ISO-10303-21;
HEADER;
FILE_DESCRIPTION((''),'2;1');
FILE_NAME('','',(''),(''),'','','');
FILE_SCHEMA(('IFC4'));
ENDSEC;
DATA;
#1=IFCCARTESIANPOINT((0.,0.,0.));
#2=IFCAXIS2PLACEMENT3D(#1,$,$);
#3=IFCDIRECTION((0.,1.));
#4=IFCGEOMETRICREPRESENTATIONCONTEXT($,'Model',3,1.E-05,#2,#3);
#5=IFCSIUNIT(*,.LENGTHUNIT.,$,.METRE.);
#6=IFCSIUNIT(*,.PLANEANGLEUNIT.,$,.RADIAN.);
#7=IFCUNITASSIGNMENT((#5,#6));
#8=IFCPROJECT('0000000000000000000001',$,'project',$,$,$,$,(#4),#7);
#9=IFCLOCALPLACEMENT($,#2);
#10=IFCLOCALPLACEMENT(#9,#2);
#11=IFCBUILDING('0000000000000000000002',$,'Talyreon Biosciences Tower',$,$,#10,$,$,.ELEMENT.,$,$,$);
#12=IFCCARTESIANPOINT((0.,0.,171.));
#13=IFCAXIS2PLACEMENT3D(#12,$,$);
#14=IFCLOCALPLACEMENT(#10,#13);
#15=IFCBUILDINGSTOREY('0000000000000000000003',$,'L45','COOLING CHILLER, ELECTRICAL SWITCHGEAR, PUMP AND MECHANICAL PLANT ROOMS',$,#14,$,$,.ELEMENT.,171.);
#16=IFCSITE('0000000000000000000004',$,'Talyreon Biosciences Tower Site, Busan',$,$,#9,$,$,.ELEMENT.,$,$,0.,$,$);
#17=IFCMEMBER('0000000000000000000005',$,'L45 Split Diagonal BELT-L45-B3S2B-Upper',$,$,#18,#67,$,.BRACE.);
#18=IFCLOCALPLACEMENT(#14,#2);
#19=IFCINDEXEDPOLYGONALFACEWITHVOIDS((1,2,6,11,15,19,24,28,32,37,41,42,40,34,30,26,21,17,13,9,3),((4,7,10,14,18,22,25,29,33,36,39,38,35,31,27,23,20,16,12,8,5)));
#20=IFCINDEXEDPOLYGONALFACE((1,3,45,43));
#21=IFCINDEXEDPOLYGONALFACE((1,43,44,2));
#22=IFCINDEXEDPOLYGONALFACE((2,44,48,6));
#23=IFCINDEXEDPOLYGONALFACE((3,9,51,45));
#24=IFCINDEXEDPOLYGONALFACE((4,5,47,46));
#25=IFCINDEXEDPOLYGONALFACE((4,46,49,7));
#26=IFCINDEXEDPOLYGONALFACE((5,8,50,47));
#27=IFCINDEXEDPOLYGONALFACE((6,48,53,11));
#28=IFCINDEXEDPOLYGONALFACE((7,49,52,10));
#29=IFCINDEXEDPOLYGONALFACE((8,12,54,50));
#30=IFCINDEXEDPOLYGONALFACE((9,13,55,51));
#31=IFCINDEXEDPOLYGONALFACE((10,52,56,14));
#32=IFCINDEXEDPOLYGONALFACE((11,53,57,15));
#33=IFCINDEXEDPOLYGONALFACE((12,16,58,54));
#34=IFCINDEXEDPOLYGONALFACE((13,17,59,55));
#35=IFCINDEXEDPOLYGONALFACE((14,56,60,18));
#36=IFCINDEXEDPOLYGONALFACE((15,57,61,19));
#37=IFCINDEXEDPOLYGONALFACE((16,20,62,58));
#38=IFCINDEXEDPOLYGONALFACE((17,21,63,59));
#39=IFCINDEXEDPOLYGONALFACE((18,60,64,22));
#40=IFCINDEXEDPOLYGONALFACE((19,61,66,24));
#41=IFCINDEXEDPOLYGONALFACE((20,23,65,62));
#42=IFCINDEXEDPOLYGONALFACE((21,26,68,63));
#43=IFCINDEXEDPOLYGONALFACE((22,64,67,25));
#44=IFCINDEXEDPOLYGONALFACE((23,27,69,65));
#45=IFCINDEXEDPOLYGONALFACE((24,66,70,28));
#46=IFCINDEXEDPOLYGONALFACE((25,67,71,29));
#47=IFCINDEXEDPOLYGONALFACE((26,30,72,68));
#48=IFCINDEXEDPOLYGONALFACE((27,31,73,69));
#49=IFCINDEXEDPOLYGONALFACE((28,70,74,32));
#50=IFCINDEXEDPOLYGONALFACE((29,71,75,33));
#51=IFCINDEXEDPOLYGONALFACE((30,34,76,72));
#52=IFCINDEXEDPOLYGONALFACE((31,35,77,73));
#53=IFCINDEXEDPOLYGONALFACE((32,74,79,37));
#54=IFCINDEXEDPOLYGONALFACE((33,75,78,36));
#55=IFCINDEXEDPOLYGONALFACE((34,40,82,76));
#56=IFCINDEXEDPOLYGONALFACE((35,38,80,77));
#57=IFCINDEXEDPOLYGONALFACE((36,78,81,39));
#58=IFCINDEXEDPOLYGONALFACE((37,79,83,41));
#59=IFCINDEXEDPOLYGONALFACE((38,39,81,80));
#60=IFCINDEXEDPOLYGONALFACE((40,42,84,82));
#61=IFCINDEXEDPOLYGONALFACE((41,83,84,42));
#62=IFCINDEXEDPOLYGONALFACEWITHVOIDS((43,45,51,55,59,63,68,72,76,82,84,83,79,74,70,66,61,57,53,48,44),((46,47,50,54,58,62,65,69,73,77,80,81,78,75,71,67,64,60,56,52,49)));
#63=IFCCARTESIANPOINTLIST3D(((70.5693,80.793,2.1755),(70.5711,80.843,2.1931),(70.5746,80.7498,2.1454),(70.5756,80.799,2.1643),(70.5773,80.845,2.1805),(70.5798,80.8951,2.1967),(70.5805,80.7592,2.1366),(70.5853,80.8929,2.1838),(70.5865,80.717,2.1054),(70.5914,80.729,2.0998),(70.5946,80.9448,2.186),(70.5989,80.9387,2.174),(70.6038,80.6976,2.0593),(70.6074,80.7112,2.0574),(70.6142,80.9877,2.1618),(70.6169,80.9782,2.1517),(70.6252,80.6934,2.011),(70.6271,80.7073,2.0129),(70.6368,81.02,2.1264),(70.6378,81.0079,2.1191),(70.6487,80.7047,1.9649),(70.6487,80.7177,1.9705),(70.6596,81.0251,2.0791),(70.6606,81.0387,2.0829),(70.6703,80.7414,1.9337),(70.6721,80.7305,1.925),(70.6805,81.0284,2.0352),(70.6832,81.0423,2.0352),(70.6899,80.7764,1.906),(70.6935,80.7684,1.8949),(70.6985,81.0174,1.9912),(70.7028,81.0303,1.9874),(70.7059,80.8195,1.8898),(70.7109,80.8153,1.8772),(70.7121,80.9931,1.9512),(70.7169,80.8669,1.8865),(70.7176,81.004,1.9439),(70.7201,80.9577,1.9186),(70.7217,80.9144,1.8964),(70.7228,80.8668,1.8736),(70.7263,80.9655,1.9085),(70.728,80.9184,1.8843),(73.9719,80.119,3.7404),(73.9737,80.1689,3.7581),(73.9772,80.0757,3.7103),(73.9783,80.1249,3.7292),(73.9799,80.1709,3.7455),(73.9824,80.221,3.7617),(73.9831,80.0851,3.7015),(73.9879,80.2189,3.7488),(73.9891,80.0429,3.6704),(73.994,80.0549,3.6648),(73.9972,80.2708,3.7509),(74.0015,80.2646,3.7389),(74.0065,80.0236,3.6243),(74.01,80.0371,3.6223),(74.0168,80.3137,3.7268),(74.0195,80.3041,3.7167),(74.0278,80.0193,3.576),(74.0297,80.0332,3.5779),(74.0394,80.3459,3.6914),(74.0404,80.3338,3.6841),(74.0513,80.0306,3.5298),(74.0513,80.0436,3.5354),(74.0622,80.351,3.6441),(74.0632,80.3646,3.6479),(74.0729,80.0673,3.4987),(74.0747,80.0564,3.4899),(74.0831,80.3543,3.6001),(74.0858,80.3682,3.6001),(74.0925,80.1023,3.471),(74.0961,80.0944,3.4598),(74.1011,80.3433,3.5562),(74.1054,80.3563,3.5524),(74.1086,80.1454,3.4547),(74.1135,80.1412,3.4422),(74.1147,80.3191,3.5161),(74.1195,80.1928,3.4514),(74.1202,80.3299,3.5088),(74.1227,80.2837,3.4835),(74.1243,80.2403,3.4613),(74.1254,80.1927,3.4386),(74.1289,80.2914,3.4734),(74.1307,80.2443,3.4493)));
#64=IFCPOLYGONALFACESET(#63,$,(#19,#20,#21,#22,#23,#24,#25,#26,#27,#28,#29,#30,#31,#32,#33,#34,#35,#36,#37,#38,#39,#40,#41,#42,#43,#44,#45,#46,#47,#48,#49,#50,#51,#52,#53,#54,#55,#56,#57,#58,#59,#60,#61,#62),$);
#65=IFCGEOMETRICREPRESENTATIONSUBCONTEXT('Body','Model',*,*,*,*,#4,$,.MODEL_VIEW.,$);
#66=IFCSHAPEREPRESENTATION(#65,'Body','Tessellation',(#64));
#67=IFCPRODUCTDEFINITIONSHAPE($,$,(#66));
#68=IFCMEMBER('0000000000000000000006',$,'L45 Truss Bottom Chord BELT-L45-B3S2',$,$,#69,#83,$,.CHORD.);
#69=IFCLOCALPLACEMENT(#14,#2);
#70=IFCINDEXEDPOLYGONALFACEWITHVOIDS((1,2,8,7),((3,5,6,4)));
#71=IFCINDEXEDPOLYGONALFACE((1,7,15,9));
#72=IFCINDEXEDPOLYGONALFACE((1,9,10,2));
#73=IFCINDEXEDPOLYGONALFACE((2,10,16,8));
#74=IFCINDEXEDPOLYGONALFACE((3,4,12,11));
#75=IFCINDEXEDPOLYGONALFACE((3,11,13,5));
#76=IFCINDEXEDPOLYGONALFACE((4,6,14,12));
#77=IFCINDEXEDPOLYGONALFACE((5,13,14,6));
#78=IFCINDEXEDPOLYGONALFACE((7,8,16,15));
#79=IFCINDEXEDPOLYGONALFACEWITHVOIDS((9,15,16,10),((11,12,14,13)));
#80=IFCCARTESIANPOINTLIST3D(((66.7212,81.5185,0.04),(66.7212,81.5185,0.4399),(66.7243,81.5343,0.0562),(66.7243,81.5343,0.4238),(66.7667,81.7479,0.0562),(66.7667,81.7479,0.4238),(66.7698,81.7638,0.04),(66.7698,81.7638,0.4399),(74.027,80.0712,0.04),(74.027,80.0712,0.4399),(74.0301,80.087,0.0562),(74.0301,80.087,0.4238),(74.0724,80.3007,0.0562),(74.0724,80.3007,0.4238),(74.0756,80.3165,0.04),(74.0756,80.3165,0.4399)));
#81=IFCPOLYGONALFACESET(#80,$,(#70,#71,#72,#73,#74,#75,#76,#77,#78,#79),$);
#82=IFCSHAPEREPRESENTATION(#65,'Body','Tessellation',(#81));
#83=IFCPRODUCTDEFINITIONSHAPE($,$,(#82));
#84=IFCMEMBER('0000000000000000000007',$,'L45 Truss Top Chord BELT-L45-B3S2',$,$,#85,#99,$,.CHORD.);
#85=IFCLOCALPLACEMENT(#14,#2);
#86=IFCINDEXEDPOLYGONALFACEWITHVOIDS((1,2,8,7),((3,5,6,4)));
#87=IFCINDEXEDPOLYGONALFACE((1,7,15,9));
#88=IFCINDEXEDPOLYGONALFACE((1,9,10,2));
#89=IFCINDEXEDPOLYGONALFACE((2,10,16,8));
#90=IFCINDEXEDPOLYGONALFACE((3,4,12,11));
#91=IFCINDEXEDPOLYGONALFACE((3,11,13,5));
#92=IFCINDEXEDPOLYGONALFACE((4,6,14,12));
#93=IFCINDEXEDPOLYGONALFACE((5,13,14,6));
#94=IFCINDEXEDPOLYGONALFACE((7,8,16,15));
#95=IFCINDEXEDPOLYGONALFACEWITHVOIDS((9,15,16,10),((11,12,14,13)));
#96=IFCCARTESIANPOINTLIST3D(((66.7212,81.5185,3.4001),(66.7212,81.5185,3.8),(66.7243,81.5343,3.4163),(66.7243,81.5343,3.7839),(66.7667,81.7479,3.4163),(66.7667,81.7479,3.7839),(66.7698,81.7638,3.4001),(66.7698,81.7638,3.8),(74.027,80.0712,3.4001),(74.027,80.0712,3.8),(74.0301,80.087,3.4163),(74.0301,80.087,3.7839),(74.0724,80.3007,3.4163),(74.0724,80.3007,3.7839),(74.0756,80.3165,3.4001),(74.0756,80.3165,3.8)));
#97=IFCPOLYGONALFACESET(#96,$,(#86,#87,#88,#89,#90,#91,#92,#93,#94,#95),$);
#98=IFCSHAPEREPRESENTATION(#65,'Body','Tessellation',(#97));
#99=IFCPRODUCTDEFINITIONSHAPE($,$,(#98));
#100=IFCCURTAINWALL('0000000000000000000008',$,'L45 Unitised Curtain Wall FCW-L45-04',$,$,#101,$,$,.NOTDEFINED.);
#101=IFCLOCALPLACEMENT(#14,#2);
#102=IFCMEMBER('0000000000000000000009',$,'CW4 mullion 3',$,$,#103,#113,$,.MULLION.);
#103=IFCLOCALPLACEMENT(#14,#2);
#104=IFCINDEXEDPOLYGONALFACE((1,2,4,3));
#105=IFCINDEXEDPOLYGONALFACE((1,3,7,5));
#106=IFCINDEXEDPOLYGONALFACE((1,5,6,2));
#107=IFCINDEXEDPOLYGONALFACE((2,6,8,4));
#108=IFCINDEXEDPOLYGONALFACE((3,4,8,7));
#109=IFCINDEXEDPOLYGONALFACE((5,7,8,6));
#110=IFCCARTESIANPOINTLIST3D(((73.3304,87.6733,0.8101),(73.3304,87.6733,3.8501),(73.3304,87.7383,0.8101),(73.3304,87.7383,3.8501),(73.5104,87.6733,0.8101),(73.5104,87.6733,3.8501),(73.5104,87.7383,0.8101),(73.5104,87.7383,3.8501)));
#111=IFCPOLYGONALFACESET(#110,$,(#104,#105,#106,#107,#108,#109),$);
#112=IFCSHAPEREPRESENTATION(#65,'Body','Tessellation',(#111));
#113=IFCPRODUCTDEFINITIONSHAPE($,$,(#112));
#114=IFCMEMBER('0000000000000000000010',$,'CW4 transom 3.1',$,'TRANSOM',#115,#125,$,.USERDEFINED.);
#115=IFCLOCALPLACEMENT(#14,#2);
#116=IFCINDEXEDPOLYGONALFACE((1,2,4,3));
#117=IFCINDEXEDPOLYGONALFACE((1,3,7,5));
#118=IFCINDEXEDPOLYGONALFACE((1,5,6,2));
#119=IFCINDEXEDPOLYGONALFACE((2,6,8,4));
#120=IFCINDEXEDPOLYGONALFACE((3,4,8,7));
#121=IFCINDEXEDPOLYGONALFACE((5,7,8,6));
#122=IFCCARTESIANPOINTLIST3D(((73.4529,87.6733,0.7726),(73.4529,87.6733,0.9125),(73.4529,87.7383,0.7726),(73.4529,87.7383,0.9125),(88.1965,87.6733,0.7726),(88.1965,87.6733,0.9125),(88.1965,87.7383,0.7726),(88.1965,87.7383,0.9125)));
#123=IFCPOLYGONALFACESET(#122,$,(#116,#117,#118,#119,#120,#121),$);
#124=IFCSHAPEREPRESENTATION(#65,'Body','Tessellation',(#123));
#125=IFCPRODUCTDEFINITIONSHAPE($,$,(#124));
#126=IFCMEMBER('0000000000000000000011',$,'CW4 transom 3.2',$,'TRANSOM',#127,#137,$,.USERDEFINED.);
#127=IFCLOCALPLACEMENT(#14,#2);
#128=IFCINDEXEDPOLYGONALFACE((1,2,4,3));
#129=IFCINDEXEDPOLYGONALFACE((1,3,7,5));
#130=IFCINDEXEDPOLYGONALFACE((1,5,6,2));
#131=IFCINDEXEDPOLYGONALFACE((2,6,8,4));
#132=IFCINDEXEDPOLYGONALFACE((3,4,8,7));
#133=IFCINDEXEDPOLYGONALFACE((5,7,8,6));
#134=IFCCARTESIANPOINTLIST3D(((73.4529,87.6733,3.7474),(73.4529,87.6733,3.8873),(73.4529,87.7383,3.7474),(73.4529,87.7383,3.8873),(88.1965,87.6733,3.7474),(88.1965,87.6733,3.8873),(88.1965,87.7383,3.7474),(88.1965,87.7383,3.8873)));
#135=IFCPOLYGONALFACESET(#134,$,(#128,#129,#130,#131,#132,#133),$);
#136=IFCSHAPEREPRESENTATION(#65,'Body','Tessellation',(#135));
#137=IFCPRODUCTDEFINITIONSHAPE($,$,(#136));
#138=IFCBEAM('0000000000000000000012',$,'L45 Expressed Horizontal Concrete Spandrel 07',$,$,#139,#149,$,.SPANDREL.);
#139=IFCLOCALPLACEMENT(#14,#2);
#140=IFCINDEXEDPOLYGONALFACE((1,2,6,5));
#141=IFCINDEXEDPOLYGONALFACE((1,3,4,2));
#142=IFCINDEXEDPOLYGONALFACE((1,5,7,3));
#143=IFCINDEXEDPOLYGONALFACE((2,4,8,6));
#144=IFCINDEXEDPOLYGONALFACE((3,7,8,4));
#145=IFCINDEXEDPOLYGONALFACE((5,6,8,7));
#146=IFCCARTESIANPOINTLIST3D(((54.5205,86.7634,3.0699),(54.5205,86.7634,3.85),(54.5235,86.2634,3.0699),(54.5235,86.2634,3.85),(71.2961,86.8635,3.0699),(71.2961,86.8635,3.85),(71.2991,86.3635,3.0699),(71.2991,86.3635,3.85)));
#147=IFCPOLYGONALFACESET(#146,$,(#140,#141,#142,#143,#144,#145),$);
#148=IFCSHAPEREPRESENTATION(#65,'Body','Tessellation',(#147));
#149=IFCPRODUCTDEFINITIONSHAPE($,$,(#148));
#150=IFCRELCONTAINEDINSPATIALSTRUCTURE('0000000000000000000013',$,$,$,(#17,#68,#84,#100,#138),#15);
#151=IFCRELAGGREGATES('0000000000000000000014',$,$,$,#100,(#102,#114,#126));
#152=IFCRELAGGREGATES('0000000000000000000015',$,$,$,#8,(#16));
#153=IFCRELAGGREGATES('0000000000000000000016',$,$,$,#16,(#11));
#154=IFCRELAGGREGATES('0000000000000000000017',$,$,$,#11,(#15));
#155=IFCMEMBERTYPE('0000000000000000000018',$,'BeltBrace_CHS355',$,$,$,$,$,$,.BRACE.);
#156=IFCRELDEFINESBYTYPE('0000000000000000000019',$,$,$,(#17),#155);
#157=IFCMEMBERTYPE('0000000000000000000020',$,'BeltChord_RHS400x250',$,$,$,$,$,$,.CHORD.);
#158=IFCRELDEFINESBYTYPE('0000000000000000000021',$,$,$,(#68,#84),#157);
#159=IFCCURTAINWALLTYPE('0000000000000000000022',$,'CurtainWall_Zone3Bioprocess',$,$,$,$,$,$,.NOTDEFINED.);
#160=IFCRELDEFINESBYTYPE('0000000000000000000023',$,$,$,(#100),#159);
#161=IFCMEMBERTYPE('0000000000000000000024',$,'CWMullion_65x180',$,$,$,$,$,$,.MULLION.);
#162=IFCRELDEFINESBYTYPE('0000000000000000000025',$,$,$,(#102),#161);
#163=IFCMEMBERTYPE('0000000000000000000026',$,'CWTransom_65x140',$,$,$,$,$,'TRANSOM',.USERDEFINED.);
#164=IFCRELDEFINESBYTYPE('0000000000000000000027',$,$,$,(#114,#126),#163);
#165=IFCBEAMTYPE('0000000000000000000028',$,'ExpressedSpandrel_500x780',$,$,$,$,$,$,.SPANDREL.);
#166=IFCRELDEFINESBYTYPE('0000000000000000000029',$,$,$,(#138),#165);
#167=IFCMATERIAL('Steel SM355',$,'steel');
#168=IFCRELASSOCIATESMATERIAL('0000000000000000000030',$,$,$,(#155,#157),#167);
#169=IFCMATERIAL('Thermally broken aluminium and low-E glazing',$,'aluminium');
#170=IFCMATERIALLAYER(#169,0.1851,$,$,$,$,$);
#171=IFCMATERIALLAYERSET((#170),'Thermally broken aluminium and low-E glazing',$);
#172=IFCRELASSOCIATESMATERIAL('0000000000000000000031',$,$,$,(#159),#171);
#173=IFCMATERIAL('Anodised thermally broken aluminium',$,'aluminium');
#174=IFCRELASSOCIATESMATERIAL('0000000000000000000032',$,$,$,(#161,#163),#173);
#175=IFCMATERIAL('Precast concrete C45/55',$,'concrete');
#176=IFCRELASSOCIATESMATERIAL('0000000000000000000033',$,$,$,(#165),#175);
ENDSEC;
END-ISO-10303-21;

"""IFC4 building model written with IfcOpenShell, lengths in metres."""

from ifc_helpers import new_model, si_unit, direction, frame, origin, origin_2d, place, context, subcontext, project, spatial, rectangle, hollow_rectangle, hollow_circle, extrude, material, layer, layer_set, material_profile, profile_set, type_object, element, aggregate, save


model = new_model("IFC4")

# Units and contexts
model_context = context("Model", 3, precision=1e-05, world=origin(), true_north=direction((0.0, 1.0)))
body_context = subcontext(model_context, "Body", "Model", "MODEL_VIEW")
ifc_project = project(units=[si_unit("LENGTHUNIT", "METRE"), si_unit("PLANEANGLEUNIT", "RADIAN")], contexts=[model_context])

# Site, building, storey
site_placement = place(None, origin())
site = spatial("IfcSite", under=ifc_project, at=site_placement, Name="Talyreon Biosciences Tower Site, Busan", CompositionType="ELEMENT", RefElevation=0.0)
building_placement = place(site_placement, origin())
building = spatial("IfcBuilding", under=site, at=building_placement, Name="Talyreon Biosciences Tower", CompositionType="ELEMENT")
storey_placement = place(building_placement, frame((0.0, 0.0, 171.0)))
storey = spatial("IfcBuildingStorey", under=building, at=storey_placement, Name="L45", Description="COOLING CHILLER, ELECTRICAL SWITCHGEAR, PUMP AND MECHANICAL PLANT ROOMS", CompositionType="ELEMENT", Elevation=171.0)

# Shared definitions
ifc_material_1 = material(Name="Precast concrete C45/55", Category="concrete")

# Members
ifc_material_2 = material(Name="Steel SM355", Category="steel")
ifc_material_profile_1 = material_profile(ifc_material_2, hollow_circle(Radius=0.1777, WallThickness=0.0142, at=origin_2d()), Name="CHS 355.6x14.2")
ifc_profile_set_1 = profile_set([ifc_material_profile_1], Name="Steel SM355")
member_type_1 = type_object("IfcMemberType", Name="BeltBrace_CHS355", PredefinedType="BRACE", material=ifc_profile_set_1)
member_1_placement = place(storey_placement, frame((70.6487, 80.8679, 2.0352), z_axis=(0.894149, -0.177136, 0.411243), x_axis=(0.194329, 0.980936, 0.0)))
element("IfcMember", 1, at=member_1_placement, inside=storey, type_object=member_type_1, Name="L45 Split Diagonal BELT-L45-B3S2B-Upper", PredefinedType="BRACE", context=body_context, shape_type="SweptSolid", body=[
    extrude(hollow_circle(Radius=0.1777, WallThickness=0.0142, at=origin_2d()), origin(), (0.0, 0.0, 1.0), 3.8054),
])
ifc_material_profile_2 = material_profile(ifc_material_2, hollow_rectangle(XDim=0.25, YDim=0.3999, WallThickness=0.0161, at=origin_2d()), Name="RHS 400x250x16")
ifc_profile_set_2 = profile_set([ifc_material_profile_2], Name="Steel SM355")
member_type_2 = type_object("IfcMemberType", Name="BeltChord_RHS400x250", PredefinedType="CHORD", material=ifc_profile_set_2)
for number, where, z_axis, x_axis, name in (
    (2, (74.0513, 80.1938, 0.24), (-0.980937, 0.194325, 0.0), (-0.194325, -0.980937, 0.0), "L45 Truss Bottom Chord BELT-L45-B3S2"),
    (3, (74.0513, 80.1938, 3.6001), (-0.980937, 0.194325, 0.0), (-0.194325, -0.980937, 0.0), "L45 Truss Top Chord BELT-L45-B3S2"),
):
    element("IfcMember", number, at=place(storey_placement, frame(where, z_axis=z_axis, x_axis=x_axis)), inside=storey, type_object=member_type_2, Name=name, PredefinedType="CHORD", context=body_context, shape_type="SweptSolid", body=[
        extrude(hollow_rectangle(XDim=0.25, YDim=0.3999, WallThickness=0.0161, at=origin_2d()), origin(), (0.0, 0.0, 1.0), 7.4478),
    ])

# Curtain wall, members
ifc_material_3 = material(Name="Thermally broken aluminium and low-E glazing", Category="aluminium")
ifc_layer_1 = layer(ifc_material_3, 0.1851)
ifc_layer_set_1 = layer_set([ifc_layer_1], Name="Thermally broken aluminium and low-E glazing")
curtain_wall_type = type_object("IfcCurtainWallType", Name="CurtainWall_Zone3Bioprocess", PredefinedType="NOTDEFINED", material=ifc_layer_set_1)
curtain_wall_placement = place(storey_placement, origin())
curtain_wall = element("IfcCurtainWall", 4, at=curtain_wall_placement, inside=storey, type_object=curtain_wall_type, Name="L45 Unitised Curtain Wall FCW-L45-04", PredefinedType="NOTDEFINED")
ifc_material_4 = material(Name="Anodised thermally broken aluminium", Category="aluminium")
ifc_material_profile_3 = material_profile(ifc_material_4, rectangle(XDim=0.0649, YDim=0.1799, at=origin_2d()), Name="ALUM MULLION 65x180")
ifc_profile_set_3 = profile_set([ifc_material_profile_3], Name="Anodised thermally broken aluminium")
member_type_3 = type_object("IfcMemberType", Name="CWMullion_65x180", PredefinedType="MULLION", material=ifc_profile_set_3)
member_2_placement = place(storey_placement, frame((73.4204, 87.7058, 0.8101), z_axis=(0.0, 0.0, 1.0), x_axis=(0.0, 1.0, 0.0)))
member_2 = element("IfcMember", 5, at=member_2_placement, type_object=member_type_3, Name="CW4 mullion 3", PredefinedType="MULLION", context=body_context, shape_type="SweptSolid", body=[
    extrude(rectangle(XDim=0.0649, YDim=0.1799, at=origin_2d()), origin(), (0.0, 0.0, 1.0), 3.04),
])
ifc_material_profile_4 = material_profile(ifc_material_4, rectangle(XDim=0.0649, YDim=0.1399, at=origin_2d()), Name="ALUM TRANSOM 65x140")
ifc_profile_set_4 = profile_set([ifc_material_profile_4], Name="Anodised thermally broken aluminium")
member_type_4 = type_object("IfcMemberType", Name="CWTransom_65x140", ElementType="TRANSOM", PredefinedType="USERDEFINED", material=ifc_profile_set_4)
member_3_placement = place(storey_placement, frame((73.4529, 87.7058, 0.8425), z_axis=(1.0, 0.0, 0.0), x_axis=(0.0, 1.0, 0.0)))
member_3 = element("IfcMember", 6, at=member_3_placement, type_object=member_type_4, Name="CW4 transom 3.1", ObjectType="TRANSOM", PredefinedType="USERDEFINED", context=body_context, shape_type="SweptSolid", body=[
    extrude(rectangle(XDim=0.0649, YDim=0.1399, at=origin_2d()), origin(), (0.0, 0.0, 1.0), 14.7437),
])
member_4_placement = place(storey_placement, frame((73.4529, 87.7058, 3.8174), z_axis=(1.0, 0.0, 0.0), x_axis=(0.0, 1.0, 0.0)))
member_4 = element("IfcMember", 7, at=member_4_placement, type_object=member_type_4, Name="CW4 transom 3.2", ObjectType="TRANSOM", PredefinedType="USERDEFINED", context=body_context, shape_type="SweptSolid", body=[
    extrude(rectangle(XDim=0.0649, YDim=0.1399, at=origin_2d()), origin(), (0.0, 0.0, 1.0), 14.7437),
])

# Beam
ifc_material_profile_5 = material_profile(ifc_material_1, rectangle(XDim=0.5, YDim=0.78, at=origin_2d()), Name="RCB 500x780")
ifc_profile_set_5 = profile_set([ifc_material_profile_5], Name="Precast concrete C45/55")
beam_type_1 = type_object("IfcBeamType", Name="ExpressedSpandrel_500x780", PredefinedType="SPANDREL", material=ifc_profile_set_5)
beam_1_placement = place(storey_placement, frame((71.2976, 86.6135, 3.46), z_axis=(-0.999982, -0.005967, 0.0), x_axis=(0.005967, -0.999982, 0.0)))
element("IfcBeam", 8, at=beam_1_placement, inside=storey, type_object=beam_type_1, Name="L45 Expressed Horizontal Concrete Spandrel 07", PredefinedType="SPANDREL", context=body_context, shape_type="SweptSolid", body=[
    extrude(rectangle(XDim=0.5, YDim=0.78, at=origin_2d()), origin(), (0.0, 0.0, 1.0), 16.7759),
])

aggregate(curtain_wall, [member_2, member_3, member_4])

save(model, "model.ifc")
